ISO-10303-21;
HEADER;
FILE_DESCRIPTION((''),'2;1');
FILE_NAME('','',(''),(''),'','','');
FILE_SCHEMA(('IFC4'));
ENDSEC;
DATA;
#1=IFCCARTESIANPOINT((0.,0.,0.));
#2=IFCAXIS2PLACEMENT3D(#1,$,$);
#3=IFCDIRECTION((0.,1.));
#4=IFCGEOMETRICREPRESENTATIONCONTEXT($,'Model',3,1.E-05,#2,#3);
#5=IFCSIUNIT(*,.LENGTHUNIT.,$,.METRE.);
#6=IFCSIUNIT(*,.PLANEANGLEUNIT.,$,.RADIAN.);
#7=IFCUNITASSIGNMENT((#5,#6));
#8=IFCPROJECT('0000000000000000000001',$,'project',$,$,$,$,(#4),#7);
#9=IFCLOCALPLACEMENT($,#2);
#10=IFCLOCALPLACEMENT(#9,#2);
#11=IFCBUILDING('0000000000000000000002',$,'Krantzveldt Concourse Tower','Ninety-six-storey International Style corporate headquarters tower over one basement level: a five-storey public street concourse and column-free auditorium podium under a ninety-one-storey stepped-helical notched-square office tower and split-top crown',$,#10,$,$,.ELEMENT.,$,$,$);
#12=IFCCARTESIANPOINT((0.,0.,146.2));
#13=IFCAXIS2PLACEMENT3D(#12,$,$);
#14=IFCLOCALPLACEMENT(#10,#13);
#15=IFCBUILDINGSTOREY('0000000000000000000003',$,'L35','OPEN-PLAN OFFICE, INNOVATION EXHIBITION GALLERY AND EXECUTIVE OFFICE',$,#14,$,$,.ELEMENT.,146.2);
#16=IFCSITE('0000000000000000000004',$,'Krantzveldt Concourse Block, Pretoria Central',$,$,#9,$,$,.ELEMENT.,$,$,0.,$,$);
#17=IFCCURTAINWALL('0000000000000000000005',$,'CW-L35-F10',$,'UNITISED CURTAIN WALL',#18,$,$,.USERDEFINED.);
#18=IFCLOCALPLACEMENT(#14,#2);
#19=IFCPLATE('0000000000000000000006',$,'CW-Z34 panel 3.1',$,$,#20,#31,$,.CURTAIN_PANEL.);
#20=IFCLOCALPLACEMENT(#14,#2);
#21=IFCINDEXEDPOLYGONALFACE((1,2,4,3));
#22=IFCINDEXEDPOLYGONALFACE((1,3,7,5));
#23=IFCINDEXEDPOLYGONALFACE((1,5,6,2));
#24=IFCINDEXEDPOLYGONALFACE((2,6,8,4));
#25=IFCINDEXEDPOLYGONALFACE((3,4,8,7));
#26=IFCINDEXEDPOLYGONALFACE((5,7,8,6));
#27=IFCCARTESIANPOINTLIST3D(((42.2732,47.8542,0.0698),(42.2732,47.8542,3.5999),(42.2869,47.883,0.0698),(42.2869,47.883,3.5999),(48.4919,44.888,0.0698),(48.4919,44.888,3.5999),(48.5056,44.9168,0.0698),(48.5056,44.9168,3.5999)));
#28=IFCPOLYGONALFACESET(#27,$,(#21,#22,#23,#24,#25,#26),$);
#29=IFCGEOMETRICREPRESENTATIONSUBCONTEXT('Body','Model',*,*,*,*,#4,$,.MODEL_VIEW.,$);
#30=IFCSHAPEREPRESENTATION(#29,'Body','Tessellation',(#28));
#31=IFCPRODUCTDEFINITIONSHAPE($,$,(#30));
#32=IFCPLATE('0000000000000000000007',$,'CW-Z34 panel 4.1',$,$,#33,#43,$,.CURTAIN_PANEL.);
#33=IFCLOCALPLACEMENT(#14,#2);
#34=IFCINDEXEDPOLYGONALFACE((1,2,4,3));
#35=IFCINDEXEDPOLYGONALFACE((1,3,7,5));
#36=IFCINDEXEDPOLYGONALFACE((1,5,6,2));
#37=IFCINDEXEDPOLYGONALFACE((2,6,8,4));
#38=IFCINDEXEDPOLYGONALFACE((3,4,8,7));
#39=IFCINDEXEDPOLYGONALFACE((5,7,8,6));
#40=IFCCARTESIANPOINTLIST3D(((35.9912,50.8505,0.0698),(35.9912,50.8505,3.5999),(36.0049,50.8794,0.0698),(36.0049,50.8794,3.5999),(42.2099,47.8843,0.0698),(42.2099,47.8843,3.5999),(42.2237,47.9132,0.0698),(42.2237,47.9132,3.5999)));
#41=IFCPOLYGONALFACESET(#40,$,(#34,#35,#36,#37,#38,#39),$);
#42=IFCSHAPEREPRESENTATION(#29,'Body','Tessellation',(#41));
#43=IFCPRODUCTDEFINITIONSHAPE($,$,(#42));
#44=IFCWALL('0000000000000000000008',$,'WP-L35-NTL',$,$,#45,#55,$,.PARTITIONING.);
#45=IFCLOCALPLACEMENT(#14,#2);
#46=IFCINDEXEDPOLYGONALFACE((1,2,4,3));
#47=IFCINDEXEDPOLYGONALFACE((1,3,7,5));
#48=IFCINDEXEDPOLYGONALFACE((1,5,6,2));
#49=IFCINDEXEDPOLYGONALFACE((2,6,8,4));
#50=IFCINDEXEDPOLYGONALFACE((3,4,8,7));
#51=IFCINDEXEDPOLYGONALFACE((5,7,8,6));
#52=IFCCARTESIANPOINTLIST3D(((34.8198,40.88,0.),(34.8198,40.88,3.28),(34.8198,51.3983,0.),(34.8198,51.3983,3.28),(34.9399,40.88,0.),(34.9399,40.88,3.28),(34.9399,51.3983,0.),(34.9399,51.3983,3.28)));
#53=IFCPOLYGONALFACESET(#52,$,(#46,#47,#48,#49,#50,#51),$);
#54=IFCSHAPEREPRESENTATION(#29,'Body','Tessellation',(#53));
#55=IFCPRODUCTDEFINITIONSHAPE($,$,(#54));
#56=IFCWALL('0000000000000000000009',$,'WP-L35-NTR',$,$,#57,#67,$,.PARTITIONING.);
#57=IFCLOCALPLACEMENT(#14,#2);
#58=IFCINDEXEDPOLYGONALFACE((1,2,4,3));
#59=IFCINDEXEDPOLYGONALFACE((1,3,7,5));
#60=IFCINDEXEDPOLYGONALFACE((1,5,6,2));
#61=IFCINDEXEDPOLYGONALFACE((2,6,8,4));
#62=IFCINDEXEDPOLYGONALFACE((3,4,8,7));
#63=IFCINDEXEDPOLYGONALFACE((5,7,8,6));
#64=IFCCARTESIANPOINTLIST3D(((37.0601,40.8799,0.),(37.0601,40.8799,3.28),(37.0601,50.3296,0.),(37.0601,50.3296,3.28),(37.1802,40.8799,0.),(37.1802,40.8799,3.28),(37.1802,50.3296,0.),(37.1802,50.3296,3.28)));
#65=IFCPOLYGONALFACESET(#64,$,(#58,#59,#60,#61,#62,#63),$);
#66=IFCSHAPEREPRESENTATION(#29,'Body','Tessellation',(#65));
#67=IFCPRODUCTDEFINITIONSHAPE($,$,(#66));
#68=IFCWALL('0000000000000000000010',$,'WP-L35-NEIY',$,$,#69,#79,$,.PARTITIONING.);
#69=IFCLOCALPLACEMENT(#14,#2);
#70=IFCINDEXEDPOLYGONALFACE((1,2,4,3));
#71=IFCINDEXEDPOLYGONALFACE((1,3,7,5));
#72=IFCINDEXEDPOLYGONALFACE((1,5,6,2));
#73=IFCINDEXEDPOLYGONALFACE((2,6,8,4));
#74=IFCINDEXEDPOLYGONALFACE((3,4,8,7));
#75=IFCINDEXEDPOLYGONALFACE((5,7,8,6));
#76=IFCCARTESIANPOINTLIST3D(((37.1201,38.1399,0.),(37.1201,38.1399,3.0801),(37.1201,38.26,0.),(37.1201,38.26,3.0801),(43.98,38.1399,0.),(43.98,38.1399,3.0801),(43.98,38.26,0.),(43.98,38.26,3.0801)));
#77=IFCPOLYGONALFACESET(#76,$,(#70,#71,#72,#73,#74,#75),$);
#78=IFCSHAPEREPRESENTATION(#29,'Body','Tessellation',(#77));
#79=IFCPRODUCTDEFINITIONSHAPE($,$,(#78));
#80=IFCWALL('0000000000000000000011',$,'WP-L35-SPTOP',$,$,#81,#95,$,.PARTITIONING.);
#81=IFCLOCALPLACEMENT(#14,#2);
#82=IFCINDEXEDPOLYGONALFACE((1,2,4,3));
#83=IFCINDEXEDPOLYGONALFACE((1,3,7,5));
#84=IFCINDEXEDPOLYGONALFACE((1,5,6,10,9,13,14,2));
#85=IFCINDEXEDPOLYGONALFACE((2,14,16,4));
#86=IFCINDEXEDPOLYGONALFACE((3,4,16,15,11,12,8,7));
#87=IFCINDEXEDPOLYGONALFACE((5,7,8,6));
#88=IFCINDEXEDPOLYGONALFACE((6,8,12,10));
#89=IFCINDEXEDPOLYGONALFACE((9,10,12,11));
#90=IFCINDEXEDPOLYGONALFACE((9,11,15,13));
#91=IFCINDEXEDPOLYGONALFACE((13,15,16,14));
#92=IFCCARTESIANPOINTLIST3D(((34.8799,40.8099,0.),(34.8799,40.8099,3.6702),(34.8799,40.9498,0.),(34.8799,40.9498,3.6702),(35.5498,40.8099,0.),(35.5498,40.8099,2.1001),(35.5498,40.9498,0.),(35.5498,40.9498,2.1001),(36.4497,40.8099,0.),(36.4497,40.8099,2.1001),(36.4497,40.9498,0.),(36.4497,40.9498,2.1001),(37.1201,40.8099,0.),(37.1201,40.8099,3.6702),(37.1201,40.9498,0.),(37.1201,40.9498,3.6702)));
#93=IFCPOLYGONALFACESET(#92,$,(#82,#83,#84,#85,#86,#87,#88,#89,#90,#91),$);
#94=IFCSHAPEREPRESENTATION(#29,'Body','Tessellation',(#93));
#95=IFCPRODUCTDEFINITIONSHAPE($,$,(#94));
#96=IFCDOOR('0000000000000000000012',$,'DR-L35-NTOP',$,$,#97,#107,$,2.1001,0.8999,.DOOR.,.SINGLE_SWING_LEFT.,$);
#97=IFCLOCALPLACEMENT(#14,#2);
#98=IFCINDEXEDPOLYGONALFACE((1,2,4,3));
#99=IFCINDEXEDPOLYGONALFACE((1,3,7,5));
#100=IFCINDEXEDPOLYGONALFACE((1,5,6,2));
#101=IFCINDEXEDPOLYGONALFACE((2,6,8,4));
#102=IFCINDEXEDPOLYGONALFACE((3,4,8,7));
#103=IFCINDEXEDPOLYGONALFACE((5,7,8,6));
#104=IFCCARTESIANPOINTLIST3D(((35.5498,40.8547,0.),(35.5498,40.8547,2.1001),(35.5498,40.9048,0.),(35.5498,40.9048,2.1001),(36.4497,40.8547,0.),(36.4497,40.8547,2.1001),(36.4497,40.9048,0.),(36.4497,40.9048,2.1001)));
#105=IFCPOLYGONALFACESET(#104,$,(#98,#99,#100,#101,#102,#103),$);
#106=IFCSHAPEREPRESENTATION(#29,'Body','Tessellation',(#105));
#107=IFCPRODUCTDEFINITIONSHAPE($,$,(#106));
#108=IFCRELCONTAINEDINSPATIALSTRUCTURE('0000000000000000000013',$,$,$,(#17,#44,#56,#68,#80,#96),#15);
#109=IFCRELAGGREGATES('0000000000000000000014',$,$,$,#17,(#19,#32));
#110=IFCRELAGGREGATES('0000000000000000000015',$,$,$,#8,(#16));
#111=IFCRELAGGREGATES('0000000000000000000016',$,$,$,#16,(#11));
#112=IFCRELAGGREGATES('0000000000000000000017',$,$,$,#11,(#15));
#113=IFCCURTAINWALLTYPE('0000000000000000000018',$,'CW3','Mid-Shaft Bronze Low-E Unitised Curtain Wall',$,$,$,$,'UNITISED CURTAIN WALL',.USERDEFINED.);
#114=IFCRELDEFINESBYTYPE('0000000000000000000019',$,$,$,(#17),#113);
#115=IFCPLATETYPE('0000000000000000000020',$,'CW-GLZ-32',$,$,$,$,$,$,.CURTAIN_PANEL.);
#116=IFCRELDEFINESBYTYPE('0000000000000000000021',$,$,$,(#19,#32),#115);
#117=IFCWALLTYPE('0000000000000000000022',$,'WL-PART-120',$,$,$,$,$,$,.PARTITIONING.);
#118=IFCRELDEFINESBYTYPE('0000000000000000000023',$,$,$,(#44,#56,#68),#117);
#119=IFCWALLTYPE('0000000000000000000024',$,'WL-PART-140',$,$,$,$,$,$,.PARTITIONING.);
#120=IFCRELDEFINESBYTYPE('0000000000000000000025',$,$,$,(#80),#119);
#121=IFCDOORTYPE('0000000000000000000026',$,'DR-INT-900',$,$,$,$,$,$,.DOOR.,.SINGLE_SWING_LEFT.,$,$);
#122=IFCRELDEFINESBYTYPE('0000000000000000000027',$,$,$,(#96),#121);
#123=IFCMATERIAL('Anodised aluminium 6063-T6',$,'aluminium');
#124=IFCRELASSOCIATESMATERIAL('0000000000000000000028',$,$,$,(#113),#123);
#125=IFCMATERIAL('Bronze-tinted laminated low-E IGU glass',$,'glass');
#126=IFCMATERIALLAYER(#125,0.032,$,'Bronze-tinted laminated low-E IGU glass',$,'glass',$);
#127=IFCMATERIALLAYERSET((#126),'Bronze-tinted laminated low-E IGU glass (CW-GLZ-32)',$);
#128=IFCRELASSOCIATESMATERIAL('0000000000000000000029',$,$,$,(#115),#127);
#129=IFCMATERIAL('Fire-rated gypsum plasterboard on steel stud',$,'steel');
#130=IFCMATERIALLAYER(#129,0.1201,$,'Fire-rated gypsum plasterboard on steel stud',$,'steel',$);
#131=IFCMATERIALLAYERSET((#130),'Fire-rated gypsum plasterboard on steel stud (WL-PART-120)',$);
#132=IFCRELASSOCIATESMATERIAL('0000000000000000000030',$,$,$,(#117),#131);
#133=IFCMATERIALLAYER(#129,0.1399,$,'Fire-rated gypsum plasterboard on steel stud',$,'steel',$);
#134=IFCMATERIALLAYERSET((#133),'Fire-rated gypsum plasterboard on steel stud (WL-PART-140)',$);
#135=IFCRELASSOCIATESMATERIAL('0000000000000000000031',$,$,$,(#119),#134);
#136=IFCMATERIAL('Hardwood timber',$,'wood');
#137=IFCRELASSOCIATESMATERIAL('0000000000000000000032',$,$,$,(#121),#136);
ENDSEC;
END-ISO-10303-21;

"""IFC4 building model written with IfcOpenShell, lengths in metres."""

from ifc_helpers import new_model, si_unit, direction, frame, frame_2d, origin, origin_2d, place, context, subcontext, project, spatial, rectangle, extrude, source, transform, mapped, material, layer, layer_set, type_object, type_shapes, element, fill, aggregate, save


model = new_model("IFC4")

# Units and contexts
model_context = context("Model", 3, precision=1e-05, world=origin(), true_north=direction((0.0, 1.0)))
body_context = subcontext(model_context, "Body", "Model", "MODEL_VIEW")
ifc_project = project(units=[si_unit("LENGTHUNIT", "METRE"), si_unit("PLANEANGLEUNIT", "RADIAN")], contexts=[model_context])

# Site, building, storey
site_placement = place(None, origin())
site = spatial("IfcSite", under=ifc_project, at=site_placement, Name="Krantzveldt Concourse Block, Pretoria Central", CompositionType="ELEMENT", RefElevation=0.0)
building_placement = place(site_placement, origin())
building = spatial("IfcBuilding", under=site, at=building_placement, Name="Krantzveldt Concourse Tower", Description="Ninety-six-storey International Style corporate headquarters tower over one basement level: a five-storey public street concourse and column-free auditorium podium under a ninety-one-storey stepped-helical notched-square office tower and split-top crown", CompositionType="ELEMENT")
storey_placement = place(building_placement, frame((0.0, 0.0, 146.2)))
storey = spatial("IfcBuildingStorey", under=building, at=storey_placement, Name="L35", Description="OPEN-PLAN OFFICE, INNOVATION EXHIBITION GALLERY AND EXECUTIVE OFFICE", CompositionType="ELEMENT", Elevation=146.2)

# Curtain wall, plates
ifc_material_1 = material(Name="Anodised aluminium 6063-T6", Category="aluminium")
curtain_wall_type = type_object("IfcCurtainWallType", Name="CW3", Description="Mid-Shaft Bronze Low-E Unitised Curtain Wall", ElementType="UNITISED CURTAIN WALL", PredefinedType="USERDEFINED", material=ifc_material_1)
curtain_wall_placement = place(storey_placement, origin())
curtain_wall = element("IfcCurtainWall", 1, at=curtain_wall_placement, inside=storey, type_object=curtain_wall_type, Name="CW-L35-F10", ObjectType="UNITISED CURTAIN WALL", PredefinedType="USERDEFINED")
ifc_material_2 = material(Name="Bronze-tinted laminated low-E IGU glass", Category="glass")
ifc_layer_1 = layer(ifc_material_2, 0.032, Name="Bronze-tinted laminated low-E IGU glass", Category="glass")
ifc_layer_set_1 = layer_set([ifc_layer_1], Name="Bronze-tinted laminated low-E IGU glass (CW-GLZ-32)")
plate_type = type_object("IfcPlateType", Name="CW-GLZ-32", PredefinedType="CURTAIN_PANEL", material=ifc_layer_set_1)
shared_shape_1 = source(origin(), body_context, "Body", "SweptSolid", [
    extrude(rectangle(XDim=6.8899, YDim=0.032, at=origin_2d()), origin(), (0.0, 0.0, 1.0), 3.53),
])
type_shapes(plate_type, [shared_shape_1])
plate_1_placement = place(storey_placement, frame((45.3894, 46.3855, 0.0698), z_axis=(0.0, 0.0, 1.0), x_axis=(-0.902585, 0.430511, 0.0)))
plate_1 = element("IfcPlate", 2, at=plate_1_placement, type_object=plate_type, Name="CW-Z34 panel 3.1", PredefinedType="CURTAIN_PANEL", context=body_context, shape_type="MappedRepresentation", body=[
    mapped(shared_shape_1, transform((0.0, 0.0, 0.0), x_axis=(1.0, 0.0, 0.0), y_axis=(0.0, 1.0, 0.0), z_axis=(0.0, 0.0, 1.0), scale=1.0)),
])
plate_2_placement = place(storey_placement, frame((39.1074, 49.3818, 0.0698), z_axis=(0.0, 0.0, 1.0), x_axis=(-0.902585, 0.430511, 0.0)))
plate_2 = element("IfcPlate", 3, at=plate_2_placement, type_object=plate_type, Name="CW-Z34 panel 4.1", PredefinedType="CURTAIN_PANEL", context=body_context, shape_type="MappedRepresentation", body=[
    mapped(shared_shape_1, transform((0.0, 0.0, 0.0), x_axis=(1.0, 0.0, 0.0), y_axis=(0.0, 1.0, 0.0), z_axis=(0.0, 0.0, 1.0), scale=1.0)),
])
aggregate(curtain_wall, [plate_1, plate_2])

# Walls
ifc_material_3 = material(Name="Fire-rated gypsum plasterboard on steel stud", Category="steel")
ifc_layer_2 = layer(ifc_material_3, 0.1201, Name="Fire-rated gypsum plasterboard on steel stud", Category="steel")
ifc_layer_set_2 = layer_set([ifc_layer_2], Name="Fire-rated gypsum plasterboard on steel stud (WL-PART-120)")
wall_type_1 = type_object("IfcWallType", Name="WL-PART-120", PredefinedType="PARTITIONING", material=ifc_layer_set_2)
wall_1_placement = place(storey_placement, frame((34.8799, 40.8799, 0.0), z_axis=(0.0, 0.0, 1.0), x_axis=(0.0, 1.0, 0.0)))
element("IfcWall", 4, at=wall_1_placement, inside=storey, type_object=wall_type_1, Name="WP-L35-NTL", PredefinedType="PARTITIONING", context=body_context, shape_type="SweptSolid", body=[
    extrude(rectangle(XDim=10.5183, YDim=0.1201, at=frame_2d((5.2593, 0.0))), origin(), (0.0, 0.0, 1.0), 3.28),
])
wall_2_placement = place(storey_placement, frame((37.1201, 40.8799, 0.0), z_axis=(0.0, 0.0, 1.0), x_axis=(0.0, 1.0, 0.0)))
element("IfcWall", 5, at=wall_2_placement, inside=storey, type_object=wall_type_1, Name="WP-L35-NTR", PredefinedType="PARTITIONING", context=body_context, shape_type="SweptSolid", body=[
    extrude(rectangle(XDim=9.4497, YDim=0.1201, at=frame_2d((4.7249, 0.0))), origin(), (0.0, 0.0, 1.0), 3.28),
])
wall_3_placement = place(storey_placement, frame((37.1201, 38.2, 0.0), z_axis=(0.0, 0.0, 1.0), x_axis=(1.0, 0.0, 0.0)))
element("IfcWall", 6, at=wall_3_placement, inside=storey, type_object=wall_type_1, Name="WP-L35-NEIY", PredefinedType="PARTITIONING", context=body_context, shape_type="SweptSolid", body=[
    extrude(rectangle(XDim=6.8599, YDim=0.1201, at=frame_2d((3.4299, 0.0))), origin(), (0.0, 0.0, 1.0), 3.0801),
])

# Wall, opening, door
ifc_layer_3 = layer(ifc_material_3, 0.1399, Name="Fire-rated gypsum plasterboard on steel stud", Category="steel")
ifc_layer_set_3 = layer_set([ifc_layer_3], Name="Fire-rated gypsum plasterboard on steel stud (WL-PART-140)")
wall_type_2 = type_object("IfcWallType", Name="WL-PART-140", PredefinedType="PARTITIONING", material=ifc_layer_set_3)
wall_4_placement = place(storey_placement, frame((34.8799, 40.8799, 0.0), z_axis=(0.0, 0.0, 1.0), x_axis=(1.0, 0.0, 0.0)))
wall_4 = element("IfcWall", 7, at=wall_4_placement, inside=storey, type_object=wall_type_2, Name="WP-L35-SPTOP", PredefinedType="PARTITIONING", context=body_context, shape_type="SweptSolid", body=[
    extrude(rectangle(XDim=2.2402, YDim=0.1399, at=frame_2d((1.1201, 0.0))), origin(), (0.0, 0.0, 1.0), 3.6702),
])
opening_placement = place(wall_4_placement, frame((0.6699, 0.0, 0.0)))
opening = element("IfcOpeningElement", 8, at=opening_placement, cuts=wall_4, PredefinedType="OPENING", context=body_context, shape_type="SweptSolid", body=[
    extrude(rectangle(XDim=0.8999, YDim=2.1001, at=frame_2d((0.45, 1.05))), frame((0.0, 0.0801, 0.0), z_axis=(0.0, -1.0, 0.0), x_axis=(1.0, 0.0, 0.0)), (0.0, 0.0, 1.0), 0.1599),
])
ifc_material_4 = material(Name="Hardwood timber", Category="wood")
door_type = type_object("IfcDoorType", Name="DR-INT-900", OperationType="SINGLE_SWING_LEFT", PredefinedType="DOOR", material=ifc_material_4)
door_placement = place(opening_placement, origin())
door = element("IfcDoor", 9, at=door_placement, inside=storey, type_object=door_type, Name="DR-L35-NTOP", OperationType="SINGLE_SWING_LEFT", OverallHeight=2.1001, OverallWidth=0.8999, PredefinedType="DOOR", context=body_context, shape_type="SweptSolid", body=[
    extrude(rectangle(XDim=0.8999, YDim=2.1001, at=frame_2d((0.45, 1.05))), frame((0.0, 0.0249, 0.0), z_axis=(0.0, -1.0, 0.0), x_axis=(1.0, 0.0, 0.0)), (0.0, 0.0, 1.0), 0.05),
])
fill(opening, door)

save(model, "model.ifc")
